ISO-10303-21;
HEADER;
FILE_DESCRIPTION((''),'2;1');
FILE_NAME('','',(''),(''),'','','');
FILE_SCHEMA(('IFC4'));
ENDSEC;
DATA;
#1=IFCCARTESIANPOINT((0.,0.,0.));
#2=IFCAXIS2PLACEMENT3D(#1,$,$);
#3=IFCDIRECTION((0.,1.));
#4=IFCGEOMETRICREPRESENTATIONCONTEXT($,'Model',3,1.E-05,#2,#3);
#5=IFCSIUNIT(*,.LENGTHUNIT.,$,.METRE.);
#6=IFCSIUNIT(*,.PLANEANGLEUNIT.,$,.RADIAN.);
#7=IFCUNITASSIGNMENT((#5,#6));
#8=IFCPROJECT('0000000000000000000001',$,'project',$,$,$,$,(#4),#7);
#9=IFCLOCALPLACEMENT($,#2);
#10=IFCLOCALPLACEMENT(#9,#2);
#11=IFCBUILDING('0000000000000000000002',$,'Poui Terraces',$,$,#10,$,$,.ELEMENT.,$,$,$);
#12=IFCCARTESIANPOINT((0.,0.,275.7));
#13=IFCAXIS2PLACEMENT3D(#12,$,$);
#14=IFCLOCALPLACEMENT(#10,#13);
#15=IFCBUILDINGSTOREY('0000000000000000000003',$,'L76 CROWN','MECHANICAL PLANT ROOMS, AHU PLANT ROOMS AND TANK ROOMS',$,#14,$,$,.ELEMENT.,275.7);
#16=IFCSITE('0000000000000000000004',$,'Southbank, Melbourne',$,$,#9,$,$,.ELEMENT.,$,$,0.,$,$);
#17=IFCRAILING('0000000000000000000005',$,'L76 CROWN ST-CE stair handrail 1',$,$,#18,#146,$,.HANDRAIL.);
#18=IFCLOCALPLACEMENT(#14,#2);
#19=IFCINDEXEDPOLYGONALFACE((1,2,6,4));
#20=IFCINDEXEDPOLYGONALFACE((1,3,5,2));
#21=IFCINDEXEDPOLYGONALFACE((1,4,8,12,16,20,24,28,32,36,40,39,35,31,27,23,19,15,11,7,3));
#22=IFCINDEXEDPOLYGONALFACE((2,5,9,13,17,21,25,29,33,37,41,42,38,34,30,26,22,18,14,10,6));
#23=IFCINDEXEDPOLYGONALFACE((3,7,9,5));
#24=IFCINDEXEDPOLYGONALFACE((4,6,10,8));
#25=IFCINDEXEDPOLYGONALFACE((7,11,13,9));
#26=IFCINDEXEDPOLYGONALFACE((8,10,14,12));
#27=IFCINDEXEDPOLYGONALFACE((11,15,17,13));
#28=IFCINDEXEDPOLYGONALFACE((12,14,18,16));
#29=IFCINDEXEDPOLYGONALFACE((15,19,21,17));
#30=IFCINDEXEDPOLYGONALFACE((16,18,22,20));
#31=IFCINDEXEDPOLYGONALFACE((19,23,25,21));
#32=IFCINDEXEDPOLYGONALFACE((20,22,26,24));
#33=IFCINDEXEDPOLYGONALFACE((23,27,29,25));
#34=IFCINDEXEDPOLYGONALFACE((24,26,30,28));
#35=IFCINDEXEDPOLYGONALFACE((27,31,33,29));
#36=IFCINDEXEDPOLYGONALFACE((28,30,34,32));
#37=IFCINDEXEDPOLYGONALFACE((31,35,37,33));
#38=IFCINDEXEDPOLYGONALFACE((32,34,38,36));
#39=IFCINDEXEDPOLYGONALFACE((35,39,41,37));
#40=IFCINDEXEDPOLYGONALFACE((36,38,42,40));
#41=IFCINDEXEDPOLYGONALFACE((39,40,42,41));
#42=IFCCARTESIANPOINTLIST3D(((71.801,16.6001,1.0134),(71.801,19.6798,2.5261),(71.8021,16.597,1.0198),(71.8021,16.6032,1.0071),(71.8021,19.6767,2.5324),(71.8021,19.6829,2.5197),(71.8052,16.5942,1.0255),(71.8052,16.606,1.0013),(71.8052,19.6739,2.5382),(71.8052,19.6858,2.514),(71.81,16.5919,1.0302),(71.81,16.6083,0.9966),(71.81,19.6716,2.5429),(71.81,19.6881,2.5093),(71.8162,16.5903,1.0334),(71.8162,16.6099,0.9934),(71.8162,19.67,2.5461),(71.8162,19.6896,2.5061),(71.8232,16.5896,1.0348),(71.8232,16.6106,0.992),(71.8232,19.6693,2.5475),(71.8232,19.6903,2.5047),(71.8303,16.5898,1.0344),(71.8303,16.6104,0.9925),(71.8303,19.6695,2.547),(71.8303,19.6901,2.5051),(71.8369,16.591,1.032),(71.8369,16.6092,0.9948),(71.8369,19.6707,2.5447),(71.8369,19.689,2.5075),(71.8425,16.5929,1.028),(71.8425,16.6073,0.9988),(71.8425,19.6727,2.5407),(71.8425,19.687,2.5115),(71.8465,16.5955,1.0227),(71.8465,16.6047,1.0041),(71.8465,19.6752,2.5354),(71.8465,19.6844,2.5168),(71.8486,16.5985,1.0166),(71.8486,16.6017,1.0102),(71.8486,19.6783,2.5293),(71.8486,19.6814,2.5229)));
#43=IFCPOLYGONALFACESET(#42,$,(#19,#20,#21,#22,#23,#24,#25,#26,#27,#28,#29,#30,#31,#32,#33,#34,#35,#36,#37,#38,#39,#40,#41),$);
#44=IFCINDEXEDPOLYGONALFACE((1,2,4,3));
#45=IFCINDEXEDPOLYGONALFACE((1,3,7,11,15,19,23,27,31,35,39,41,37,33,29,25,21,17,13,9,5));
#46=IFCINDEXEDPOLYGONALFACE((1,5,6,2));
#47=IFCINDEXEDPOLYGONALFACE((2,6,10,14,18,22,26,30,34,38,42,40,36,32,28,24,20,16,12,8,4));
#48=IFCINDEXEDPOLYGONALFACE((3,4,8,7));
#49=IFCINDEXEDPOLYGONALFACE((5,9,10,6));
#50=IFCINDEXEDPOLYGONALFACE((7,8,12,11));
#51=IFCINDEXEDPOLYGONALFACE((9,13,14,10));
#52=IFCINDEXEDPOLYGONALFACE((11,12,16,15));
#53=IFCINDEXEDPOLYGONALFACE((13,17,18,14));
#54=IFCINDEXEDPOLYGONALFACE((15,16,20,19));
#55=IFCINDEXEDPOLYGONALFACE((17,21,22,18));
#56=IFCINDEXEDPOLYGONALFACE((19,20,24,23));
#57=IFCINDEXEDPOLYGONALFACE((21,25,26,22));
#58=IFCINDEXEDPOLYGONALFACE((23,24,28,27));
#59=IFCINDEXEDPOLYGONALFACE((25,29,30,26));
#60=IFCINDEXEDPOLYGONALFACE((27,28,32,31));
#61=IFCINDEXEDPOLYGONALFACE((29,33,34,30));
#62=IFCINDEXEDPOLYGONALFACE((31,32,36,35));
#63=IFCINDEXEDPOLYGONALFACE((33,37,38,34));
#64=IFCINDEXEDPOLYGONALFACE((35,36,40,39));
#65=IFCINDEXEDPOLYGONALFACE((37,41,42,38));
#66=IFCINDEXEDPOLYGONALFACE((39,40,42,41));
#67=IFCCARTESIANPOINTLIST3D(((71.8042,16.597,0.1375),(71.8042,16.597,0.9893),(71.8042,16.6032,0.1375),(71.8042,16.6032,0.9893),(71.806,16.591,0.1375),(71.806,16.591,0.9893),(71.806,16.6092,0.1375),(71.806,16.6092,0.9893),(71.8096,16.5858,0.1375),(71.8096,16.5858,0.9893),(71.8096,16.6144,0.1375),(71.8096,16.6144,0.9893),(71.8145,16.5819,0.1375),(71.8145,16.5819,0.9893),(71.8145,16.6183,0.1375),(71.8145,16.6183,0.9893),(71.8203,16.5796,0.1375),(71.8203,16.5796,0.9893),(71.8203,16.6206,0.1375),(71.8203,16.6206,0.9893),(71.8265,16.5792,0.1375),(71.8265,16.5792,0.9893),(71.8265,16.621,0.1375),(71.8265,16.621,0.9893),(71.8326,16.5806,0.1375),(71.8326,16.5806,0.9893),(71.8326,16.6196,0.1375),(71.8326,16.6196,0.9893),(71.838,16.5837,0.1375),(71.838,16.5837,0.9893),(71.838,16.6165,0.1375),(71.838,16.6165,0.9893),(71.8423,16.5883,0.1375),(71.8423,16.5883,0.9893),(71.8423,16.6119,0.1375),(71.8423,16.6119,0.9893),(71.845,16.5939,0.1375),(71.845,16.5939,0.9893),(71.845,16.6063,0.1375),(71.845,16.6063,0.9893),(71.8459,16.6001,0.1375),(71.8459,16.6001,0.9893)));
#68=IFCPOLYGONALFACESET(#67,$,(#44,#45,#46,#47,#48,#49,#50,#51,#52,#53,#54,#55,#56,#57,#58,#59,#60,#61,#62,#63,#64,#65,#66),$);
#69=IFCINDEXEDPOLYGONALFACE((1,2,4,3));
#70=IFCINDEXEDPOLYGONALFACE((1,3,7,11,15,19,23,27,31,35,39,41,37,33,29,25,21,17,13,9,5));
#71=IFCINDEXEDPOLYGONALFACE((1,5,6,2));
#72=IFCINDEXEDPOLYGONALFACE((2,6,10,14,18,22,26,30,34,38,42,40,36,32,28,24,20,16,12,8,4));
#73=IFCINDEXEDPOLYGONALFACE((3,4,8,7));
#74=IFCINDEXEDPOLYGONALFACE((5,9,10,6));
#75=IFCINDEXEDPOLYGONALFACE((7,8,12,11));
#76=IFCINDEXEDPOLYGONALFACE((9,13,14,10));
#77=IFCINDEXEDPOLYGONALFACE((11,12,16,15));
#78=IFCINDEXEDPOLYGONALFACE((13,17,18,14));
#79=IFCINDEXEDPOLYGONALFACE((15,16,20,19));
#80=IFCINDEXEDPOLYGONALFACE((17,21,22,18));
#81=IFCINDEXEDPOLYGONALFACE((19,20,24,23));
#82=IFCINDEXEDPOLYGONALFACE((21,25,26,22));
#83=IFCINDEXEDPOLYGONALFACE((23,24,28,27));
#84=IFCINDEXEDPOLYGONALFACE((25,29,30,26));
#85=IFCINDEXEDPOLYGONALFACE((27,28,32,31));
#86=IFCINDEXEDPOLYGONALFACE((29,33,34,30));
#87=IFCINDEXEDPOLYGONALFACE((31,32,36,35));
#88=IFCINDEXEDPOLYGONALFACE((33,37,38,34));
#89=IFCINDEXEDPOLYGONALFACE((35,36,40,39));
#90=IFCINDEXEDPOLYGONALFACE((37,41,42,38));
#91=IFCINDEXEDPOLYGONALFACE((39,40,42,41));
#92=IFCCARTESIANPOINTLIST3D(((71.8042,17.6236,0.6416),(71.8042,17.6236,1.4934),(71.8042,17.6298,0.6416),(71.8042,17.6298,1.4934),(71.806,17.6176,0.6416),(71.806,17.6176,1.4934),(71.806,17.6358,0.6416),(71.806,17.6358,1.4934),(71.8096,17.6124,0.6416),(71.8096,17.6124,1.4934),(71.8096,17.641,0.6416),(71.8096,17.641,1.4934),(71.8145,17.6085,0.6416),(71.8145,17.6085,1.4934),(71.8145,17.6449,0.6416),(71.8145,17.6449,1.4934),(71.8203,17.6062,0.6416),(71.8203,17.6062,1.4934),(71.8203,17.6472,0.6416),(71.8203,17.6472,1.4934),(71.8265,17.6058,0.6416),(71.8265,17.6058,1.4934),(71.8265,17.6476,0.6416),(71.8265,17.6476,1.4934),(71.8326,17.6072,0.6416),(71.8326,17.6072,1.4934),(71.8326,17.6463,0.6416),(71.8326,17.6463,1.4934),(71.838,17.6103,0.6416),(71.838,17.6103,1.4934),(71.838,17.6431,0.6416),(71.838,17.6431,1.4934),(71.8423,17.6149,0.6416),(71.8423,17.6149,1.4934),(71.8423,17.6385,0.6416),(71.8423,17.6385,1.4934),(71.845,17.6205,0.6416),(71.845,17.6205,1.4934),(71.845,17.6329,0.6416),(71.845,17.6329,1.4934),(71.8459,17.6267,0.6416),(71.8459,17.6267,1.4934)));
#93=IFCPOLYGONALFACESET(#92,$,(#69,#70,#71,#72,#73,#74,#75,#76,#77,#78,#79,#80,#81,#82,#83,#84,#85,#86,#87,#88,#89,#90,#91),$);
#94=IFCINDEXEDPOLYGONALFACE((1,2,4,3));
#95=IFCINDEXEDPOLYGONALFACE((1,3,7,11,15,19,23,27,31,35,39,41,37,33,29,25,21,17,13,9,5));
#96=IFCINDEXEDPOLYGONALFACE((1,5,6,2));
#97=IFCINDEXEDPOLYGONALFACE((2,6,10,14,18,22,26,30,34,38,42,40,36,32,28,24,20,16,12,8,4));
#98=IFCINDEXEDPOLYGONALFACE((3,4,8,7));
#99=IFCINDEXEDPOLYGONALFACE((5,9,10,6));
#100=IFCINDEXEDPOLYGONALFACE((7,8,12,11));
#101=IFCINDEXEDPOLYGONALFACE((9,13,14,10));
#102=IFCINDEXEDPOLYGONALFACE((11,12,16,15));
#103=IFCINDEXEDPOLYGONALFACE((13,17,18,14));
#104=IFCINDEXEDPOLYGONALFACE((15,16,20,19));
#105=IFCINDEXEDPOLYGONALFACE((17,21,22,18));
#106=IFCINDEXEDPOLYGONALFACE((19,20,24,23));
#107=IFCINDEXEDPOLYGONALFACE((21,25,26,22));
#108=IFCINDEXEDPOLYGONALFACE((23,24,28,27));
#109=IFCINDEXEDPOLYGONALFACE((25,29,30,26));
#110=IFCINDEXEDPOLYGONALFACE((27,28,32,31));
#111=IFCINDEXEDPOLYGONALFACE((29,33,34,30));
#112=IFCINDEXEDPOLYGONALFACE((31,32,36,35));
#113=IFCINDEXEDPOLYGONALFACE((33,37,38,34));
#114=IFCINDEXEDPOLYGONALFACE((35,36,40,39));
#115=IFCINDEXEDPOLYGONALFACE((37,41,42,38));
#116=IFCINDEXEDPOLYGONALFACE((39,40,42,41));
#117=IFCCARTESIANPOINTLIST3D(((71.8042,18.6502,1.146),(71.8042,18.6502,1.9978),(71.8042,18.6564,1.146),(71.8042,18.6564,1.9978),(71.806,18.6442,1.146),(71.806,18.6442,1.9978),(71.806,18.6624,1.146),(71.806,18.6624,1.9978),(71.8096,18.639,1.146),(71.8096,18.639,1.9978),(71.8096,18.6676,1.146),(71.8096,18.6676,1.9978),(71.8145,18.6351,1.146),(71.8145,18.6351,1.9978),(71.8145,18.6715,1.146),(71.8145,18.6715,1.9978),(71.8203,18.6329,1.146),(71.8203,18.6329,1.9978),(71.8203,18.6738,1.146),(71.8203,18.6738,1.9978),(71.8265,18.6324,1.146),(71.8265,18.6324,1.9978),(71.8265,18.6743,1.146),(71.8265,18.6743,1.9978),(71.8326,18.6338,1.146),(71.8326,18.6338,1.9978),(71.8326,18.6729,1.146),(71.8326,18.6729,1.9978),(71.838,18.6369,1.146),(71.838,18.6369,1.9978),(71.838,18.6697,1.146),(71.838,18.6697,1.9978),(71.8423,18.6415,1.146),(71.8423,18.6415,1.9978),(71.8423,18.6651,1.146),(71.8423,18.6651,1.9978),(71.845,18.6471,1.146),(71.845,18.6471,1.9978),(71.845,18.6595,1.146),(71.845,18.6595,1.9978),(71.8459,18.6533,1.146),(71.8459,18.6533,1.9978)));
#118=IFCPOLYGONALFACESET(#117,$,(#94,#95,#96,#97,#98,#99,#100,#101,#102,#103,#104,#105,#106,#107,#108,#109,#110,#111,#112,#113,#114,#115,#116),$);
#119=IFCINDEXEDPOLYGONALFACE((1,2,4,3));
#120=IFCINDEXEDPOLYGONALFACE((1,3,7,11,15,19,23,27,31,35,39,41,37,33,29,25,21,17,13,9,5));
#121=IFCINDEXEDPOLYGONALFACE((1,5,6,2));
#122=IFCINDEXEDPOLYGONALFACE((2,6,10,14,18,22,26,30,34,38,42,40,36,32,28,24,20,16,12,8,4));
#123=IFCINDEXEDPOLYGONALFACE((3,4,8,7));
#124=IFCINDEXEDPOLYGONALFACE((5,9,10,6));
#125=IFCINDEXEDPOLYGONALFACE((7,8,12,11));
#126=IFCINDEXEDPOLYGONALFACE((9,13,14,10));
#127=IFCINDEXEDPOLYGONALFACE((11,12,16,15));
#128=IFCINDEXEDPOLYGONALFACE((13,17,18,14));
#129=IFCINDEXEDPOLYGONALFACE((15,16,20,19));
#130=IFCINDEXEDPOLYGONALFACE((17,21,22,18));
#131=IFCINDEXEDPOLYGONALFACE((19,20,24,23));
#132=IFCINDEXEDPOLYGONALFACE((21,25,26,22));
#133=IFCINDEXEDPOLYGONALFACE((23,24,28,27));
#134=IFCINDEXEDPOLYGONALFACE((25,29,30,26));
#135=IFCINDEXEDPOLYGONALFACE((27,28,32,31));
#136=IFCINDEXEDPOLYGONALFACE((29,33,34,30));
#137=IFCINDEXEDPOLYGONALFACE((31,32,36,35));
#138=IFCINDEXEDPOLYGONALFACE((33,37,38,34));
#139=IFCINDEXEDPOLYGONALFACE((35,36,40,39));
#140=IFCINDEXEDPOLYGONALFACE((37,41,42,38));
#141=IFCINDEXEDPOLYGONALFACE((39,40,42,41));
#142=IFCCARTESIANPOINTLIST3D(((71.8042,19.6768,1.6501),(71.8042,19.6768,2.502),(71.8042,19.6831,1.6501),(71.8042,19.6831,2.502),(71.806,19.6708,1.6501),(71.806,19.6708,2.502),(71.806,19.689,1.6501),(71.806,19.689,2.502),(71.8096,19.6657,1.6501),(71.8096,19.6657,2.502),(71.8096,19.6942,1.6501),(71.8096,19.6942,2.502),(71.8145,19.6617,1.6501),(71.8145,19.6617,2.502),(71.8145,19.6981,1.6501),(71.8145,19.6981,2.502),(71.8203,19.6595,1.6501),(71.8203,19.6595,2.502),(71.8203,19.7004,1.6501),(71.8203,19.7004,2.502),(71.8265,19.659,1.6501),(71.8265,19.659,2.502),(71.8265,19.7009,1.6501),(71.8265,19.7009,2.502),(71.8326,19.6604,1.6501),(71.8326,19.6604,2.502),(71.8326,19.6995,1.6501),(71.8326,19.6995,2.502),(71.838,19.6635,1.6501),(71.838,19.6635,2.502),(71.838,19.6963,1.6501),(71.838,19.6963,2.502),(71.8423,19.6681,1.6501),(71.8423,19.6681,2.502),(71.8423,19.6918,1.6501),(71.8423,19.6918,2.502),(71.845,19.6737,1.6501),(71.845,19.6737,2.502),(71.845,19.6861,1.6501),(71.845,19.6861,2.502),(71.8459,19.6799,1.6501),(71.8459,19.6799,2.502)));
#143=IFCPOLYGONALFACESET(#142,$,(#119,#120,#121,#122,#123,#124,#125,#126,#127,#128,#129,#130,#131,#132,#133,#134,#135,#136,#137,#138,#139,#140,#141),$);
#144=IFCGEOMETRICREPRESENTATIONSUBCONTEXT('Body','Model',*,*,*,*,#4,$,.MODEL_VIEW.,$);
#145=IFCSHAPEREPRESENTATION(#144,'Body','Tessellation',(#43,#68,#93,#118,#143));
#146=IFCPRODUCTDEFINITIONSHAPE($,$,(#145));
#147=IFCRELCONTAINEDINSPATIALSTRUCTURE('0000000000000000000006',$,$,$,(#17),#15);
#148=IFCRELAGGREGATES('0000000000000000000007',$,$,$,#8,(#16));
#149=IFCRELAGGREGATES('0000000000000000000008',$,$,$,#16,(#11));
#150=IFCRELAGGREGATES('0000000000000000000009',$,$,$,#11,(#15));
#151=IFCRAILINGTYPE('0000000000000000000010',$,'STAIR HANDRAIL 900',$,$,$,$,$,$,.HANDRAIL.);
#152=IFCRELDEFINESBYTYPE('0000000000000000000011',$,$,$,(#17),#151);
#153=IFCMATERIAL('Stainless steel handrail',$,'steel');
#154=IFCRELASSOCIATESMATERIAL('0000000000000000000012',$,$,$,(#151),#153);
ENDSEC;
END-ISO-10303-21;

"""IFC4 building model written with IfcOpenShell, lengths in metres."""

from ifc_helpers import new_model, si_unit, direction, frame, origin, origin_2d, place, context, subcontext, project, spatial, circle, extrude, material, type_object, element, save


model = new_model("IFC4")

# Units and contexts
model_context = context("Model", 3, precision=1e-05, world=origin(), true_north=direction((0.0, 1.0)))
body_context = subcontext(model_context, "Body", "Model", "MODEL_VIEW")
ifc_project = project(units=[si_unit("LENGTHUNIT", "METRE"), si_unit("PLANEANGLEUNIT", "RADIAN")], contexts=[model_context])

# Site, building, storey
site_placement = place(None, origin())
site = spatial("IfcSite", under=ifc_project, at=site_placement, Name="Southbank, Melbourne", CompositionType="ELEMENT", RefElevation=0.0)
building_placement = place(site_placement, origin())
building = spatial("IfcBuilding", under=site, at=building_placement, Name="Poui Terraces", CompositionType="ELEMENT")
storey_placement = place(building_placement, frame((0.0, 0.0, 275.7)))
storey = spatial("IfcBuildingStorey", under=building, at=storey_placement, Name="L76 CROWN", Description="MECHANICAL PLANT ROOMS, AHU PLANT ROOMS AND TANK ROOMS", CompositionType="ELEMENT", Elevation=275.7)

# Railing
ifc_material_1 = material(Name="Stainless steel handrail", Category="steel")
railing_type_1 = type_object("IfcRailingType", Name="STAIR HANDRAIL 900", PredefinedType="HANDRAIL", material=ifc_material_1)
for number, where, name in (
    (1, (71.825, 16.6001, 0.1375), "L76 CROWN ST-CE stair handrail 1"),
):
    element("IfcRailing", number, at=place(storey_placement, frame(where)), inside=storey, type_object=railing_type_1, Name=name, PredefinedType="HANDRAIL", context=body_context, shape_type="SweptSolid", body=[
        extrude(circle(Radius=0.0239, at=origin_2d()), frame((0.0, 0.0, 0.876), z_axis=(0.0, 0.897578, 0.440856), x_axis=(-1.0, 0.0, 0.0)), (0.0, 0.0, 1.0), 3.4312),
        extrude(circle(Radius=0.021, at=origin_2d()), origin(), (0.0, 0.0, 1.0), 0.8518),
        extrude(circle(Radius=0.021, at=origin_2d()), frame((0.0, 1.0266, 0.5042)), (0.0, 0.0, 1.0), 0.8518),
        extrude(circle(Radius=0.021, at=origin_2d()), frame((0.0, 2.0532, 1.0085)), (0.0, 0.0, 1.0), 0.8518),
        extrude(circle(Radius=0.021, at=origin_2d()), frame((0.0, 3.0798, 1.5127)), (0.0, 0.0, 1.0), 0.8518),
    ])

save(model, "model.ifc")
